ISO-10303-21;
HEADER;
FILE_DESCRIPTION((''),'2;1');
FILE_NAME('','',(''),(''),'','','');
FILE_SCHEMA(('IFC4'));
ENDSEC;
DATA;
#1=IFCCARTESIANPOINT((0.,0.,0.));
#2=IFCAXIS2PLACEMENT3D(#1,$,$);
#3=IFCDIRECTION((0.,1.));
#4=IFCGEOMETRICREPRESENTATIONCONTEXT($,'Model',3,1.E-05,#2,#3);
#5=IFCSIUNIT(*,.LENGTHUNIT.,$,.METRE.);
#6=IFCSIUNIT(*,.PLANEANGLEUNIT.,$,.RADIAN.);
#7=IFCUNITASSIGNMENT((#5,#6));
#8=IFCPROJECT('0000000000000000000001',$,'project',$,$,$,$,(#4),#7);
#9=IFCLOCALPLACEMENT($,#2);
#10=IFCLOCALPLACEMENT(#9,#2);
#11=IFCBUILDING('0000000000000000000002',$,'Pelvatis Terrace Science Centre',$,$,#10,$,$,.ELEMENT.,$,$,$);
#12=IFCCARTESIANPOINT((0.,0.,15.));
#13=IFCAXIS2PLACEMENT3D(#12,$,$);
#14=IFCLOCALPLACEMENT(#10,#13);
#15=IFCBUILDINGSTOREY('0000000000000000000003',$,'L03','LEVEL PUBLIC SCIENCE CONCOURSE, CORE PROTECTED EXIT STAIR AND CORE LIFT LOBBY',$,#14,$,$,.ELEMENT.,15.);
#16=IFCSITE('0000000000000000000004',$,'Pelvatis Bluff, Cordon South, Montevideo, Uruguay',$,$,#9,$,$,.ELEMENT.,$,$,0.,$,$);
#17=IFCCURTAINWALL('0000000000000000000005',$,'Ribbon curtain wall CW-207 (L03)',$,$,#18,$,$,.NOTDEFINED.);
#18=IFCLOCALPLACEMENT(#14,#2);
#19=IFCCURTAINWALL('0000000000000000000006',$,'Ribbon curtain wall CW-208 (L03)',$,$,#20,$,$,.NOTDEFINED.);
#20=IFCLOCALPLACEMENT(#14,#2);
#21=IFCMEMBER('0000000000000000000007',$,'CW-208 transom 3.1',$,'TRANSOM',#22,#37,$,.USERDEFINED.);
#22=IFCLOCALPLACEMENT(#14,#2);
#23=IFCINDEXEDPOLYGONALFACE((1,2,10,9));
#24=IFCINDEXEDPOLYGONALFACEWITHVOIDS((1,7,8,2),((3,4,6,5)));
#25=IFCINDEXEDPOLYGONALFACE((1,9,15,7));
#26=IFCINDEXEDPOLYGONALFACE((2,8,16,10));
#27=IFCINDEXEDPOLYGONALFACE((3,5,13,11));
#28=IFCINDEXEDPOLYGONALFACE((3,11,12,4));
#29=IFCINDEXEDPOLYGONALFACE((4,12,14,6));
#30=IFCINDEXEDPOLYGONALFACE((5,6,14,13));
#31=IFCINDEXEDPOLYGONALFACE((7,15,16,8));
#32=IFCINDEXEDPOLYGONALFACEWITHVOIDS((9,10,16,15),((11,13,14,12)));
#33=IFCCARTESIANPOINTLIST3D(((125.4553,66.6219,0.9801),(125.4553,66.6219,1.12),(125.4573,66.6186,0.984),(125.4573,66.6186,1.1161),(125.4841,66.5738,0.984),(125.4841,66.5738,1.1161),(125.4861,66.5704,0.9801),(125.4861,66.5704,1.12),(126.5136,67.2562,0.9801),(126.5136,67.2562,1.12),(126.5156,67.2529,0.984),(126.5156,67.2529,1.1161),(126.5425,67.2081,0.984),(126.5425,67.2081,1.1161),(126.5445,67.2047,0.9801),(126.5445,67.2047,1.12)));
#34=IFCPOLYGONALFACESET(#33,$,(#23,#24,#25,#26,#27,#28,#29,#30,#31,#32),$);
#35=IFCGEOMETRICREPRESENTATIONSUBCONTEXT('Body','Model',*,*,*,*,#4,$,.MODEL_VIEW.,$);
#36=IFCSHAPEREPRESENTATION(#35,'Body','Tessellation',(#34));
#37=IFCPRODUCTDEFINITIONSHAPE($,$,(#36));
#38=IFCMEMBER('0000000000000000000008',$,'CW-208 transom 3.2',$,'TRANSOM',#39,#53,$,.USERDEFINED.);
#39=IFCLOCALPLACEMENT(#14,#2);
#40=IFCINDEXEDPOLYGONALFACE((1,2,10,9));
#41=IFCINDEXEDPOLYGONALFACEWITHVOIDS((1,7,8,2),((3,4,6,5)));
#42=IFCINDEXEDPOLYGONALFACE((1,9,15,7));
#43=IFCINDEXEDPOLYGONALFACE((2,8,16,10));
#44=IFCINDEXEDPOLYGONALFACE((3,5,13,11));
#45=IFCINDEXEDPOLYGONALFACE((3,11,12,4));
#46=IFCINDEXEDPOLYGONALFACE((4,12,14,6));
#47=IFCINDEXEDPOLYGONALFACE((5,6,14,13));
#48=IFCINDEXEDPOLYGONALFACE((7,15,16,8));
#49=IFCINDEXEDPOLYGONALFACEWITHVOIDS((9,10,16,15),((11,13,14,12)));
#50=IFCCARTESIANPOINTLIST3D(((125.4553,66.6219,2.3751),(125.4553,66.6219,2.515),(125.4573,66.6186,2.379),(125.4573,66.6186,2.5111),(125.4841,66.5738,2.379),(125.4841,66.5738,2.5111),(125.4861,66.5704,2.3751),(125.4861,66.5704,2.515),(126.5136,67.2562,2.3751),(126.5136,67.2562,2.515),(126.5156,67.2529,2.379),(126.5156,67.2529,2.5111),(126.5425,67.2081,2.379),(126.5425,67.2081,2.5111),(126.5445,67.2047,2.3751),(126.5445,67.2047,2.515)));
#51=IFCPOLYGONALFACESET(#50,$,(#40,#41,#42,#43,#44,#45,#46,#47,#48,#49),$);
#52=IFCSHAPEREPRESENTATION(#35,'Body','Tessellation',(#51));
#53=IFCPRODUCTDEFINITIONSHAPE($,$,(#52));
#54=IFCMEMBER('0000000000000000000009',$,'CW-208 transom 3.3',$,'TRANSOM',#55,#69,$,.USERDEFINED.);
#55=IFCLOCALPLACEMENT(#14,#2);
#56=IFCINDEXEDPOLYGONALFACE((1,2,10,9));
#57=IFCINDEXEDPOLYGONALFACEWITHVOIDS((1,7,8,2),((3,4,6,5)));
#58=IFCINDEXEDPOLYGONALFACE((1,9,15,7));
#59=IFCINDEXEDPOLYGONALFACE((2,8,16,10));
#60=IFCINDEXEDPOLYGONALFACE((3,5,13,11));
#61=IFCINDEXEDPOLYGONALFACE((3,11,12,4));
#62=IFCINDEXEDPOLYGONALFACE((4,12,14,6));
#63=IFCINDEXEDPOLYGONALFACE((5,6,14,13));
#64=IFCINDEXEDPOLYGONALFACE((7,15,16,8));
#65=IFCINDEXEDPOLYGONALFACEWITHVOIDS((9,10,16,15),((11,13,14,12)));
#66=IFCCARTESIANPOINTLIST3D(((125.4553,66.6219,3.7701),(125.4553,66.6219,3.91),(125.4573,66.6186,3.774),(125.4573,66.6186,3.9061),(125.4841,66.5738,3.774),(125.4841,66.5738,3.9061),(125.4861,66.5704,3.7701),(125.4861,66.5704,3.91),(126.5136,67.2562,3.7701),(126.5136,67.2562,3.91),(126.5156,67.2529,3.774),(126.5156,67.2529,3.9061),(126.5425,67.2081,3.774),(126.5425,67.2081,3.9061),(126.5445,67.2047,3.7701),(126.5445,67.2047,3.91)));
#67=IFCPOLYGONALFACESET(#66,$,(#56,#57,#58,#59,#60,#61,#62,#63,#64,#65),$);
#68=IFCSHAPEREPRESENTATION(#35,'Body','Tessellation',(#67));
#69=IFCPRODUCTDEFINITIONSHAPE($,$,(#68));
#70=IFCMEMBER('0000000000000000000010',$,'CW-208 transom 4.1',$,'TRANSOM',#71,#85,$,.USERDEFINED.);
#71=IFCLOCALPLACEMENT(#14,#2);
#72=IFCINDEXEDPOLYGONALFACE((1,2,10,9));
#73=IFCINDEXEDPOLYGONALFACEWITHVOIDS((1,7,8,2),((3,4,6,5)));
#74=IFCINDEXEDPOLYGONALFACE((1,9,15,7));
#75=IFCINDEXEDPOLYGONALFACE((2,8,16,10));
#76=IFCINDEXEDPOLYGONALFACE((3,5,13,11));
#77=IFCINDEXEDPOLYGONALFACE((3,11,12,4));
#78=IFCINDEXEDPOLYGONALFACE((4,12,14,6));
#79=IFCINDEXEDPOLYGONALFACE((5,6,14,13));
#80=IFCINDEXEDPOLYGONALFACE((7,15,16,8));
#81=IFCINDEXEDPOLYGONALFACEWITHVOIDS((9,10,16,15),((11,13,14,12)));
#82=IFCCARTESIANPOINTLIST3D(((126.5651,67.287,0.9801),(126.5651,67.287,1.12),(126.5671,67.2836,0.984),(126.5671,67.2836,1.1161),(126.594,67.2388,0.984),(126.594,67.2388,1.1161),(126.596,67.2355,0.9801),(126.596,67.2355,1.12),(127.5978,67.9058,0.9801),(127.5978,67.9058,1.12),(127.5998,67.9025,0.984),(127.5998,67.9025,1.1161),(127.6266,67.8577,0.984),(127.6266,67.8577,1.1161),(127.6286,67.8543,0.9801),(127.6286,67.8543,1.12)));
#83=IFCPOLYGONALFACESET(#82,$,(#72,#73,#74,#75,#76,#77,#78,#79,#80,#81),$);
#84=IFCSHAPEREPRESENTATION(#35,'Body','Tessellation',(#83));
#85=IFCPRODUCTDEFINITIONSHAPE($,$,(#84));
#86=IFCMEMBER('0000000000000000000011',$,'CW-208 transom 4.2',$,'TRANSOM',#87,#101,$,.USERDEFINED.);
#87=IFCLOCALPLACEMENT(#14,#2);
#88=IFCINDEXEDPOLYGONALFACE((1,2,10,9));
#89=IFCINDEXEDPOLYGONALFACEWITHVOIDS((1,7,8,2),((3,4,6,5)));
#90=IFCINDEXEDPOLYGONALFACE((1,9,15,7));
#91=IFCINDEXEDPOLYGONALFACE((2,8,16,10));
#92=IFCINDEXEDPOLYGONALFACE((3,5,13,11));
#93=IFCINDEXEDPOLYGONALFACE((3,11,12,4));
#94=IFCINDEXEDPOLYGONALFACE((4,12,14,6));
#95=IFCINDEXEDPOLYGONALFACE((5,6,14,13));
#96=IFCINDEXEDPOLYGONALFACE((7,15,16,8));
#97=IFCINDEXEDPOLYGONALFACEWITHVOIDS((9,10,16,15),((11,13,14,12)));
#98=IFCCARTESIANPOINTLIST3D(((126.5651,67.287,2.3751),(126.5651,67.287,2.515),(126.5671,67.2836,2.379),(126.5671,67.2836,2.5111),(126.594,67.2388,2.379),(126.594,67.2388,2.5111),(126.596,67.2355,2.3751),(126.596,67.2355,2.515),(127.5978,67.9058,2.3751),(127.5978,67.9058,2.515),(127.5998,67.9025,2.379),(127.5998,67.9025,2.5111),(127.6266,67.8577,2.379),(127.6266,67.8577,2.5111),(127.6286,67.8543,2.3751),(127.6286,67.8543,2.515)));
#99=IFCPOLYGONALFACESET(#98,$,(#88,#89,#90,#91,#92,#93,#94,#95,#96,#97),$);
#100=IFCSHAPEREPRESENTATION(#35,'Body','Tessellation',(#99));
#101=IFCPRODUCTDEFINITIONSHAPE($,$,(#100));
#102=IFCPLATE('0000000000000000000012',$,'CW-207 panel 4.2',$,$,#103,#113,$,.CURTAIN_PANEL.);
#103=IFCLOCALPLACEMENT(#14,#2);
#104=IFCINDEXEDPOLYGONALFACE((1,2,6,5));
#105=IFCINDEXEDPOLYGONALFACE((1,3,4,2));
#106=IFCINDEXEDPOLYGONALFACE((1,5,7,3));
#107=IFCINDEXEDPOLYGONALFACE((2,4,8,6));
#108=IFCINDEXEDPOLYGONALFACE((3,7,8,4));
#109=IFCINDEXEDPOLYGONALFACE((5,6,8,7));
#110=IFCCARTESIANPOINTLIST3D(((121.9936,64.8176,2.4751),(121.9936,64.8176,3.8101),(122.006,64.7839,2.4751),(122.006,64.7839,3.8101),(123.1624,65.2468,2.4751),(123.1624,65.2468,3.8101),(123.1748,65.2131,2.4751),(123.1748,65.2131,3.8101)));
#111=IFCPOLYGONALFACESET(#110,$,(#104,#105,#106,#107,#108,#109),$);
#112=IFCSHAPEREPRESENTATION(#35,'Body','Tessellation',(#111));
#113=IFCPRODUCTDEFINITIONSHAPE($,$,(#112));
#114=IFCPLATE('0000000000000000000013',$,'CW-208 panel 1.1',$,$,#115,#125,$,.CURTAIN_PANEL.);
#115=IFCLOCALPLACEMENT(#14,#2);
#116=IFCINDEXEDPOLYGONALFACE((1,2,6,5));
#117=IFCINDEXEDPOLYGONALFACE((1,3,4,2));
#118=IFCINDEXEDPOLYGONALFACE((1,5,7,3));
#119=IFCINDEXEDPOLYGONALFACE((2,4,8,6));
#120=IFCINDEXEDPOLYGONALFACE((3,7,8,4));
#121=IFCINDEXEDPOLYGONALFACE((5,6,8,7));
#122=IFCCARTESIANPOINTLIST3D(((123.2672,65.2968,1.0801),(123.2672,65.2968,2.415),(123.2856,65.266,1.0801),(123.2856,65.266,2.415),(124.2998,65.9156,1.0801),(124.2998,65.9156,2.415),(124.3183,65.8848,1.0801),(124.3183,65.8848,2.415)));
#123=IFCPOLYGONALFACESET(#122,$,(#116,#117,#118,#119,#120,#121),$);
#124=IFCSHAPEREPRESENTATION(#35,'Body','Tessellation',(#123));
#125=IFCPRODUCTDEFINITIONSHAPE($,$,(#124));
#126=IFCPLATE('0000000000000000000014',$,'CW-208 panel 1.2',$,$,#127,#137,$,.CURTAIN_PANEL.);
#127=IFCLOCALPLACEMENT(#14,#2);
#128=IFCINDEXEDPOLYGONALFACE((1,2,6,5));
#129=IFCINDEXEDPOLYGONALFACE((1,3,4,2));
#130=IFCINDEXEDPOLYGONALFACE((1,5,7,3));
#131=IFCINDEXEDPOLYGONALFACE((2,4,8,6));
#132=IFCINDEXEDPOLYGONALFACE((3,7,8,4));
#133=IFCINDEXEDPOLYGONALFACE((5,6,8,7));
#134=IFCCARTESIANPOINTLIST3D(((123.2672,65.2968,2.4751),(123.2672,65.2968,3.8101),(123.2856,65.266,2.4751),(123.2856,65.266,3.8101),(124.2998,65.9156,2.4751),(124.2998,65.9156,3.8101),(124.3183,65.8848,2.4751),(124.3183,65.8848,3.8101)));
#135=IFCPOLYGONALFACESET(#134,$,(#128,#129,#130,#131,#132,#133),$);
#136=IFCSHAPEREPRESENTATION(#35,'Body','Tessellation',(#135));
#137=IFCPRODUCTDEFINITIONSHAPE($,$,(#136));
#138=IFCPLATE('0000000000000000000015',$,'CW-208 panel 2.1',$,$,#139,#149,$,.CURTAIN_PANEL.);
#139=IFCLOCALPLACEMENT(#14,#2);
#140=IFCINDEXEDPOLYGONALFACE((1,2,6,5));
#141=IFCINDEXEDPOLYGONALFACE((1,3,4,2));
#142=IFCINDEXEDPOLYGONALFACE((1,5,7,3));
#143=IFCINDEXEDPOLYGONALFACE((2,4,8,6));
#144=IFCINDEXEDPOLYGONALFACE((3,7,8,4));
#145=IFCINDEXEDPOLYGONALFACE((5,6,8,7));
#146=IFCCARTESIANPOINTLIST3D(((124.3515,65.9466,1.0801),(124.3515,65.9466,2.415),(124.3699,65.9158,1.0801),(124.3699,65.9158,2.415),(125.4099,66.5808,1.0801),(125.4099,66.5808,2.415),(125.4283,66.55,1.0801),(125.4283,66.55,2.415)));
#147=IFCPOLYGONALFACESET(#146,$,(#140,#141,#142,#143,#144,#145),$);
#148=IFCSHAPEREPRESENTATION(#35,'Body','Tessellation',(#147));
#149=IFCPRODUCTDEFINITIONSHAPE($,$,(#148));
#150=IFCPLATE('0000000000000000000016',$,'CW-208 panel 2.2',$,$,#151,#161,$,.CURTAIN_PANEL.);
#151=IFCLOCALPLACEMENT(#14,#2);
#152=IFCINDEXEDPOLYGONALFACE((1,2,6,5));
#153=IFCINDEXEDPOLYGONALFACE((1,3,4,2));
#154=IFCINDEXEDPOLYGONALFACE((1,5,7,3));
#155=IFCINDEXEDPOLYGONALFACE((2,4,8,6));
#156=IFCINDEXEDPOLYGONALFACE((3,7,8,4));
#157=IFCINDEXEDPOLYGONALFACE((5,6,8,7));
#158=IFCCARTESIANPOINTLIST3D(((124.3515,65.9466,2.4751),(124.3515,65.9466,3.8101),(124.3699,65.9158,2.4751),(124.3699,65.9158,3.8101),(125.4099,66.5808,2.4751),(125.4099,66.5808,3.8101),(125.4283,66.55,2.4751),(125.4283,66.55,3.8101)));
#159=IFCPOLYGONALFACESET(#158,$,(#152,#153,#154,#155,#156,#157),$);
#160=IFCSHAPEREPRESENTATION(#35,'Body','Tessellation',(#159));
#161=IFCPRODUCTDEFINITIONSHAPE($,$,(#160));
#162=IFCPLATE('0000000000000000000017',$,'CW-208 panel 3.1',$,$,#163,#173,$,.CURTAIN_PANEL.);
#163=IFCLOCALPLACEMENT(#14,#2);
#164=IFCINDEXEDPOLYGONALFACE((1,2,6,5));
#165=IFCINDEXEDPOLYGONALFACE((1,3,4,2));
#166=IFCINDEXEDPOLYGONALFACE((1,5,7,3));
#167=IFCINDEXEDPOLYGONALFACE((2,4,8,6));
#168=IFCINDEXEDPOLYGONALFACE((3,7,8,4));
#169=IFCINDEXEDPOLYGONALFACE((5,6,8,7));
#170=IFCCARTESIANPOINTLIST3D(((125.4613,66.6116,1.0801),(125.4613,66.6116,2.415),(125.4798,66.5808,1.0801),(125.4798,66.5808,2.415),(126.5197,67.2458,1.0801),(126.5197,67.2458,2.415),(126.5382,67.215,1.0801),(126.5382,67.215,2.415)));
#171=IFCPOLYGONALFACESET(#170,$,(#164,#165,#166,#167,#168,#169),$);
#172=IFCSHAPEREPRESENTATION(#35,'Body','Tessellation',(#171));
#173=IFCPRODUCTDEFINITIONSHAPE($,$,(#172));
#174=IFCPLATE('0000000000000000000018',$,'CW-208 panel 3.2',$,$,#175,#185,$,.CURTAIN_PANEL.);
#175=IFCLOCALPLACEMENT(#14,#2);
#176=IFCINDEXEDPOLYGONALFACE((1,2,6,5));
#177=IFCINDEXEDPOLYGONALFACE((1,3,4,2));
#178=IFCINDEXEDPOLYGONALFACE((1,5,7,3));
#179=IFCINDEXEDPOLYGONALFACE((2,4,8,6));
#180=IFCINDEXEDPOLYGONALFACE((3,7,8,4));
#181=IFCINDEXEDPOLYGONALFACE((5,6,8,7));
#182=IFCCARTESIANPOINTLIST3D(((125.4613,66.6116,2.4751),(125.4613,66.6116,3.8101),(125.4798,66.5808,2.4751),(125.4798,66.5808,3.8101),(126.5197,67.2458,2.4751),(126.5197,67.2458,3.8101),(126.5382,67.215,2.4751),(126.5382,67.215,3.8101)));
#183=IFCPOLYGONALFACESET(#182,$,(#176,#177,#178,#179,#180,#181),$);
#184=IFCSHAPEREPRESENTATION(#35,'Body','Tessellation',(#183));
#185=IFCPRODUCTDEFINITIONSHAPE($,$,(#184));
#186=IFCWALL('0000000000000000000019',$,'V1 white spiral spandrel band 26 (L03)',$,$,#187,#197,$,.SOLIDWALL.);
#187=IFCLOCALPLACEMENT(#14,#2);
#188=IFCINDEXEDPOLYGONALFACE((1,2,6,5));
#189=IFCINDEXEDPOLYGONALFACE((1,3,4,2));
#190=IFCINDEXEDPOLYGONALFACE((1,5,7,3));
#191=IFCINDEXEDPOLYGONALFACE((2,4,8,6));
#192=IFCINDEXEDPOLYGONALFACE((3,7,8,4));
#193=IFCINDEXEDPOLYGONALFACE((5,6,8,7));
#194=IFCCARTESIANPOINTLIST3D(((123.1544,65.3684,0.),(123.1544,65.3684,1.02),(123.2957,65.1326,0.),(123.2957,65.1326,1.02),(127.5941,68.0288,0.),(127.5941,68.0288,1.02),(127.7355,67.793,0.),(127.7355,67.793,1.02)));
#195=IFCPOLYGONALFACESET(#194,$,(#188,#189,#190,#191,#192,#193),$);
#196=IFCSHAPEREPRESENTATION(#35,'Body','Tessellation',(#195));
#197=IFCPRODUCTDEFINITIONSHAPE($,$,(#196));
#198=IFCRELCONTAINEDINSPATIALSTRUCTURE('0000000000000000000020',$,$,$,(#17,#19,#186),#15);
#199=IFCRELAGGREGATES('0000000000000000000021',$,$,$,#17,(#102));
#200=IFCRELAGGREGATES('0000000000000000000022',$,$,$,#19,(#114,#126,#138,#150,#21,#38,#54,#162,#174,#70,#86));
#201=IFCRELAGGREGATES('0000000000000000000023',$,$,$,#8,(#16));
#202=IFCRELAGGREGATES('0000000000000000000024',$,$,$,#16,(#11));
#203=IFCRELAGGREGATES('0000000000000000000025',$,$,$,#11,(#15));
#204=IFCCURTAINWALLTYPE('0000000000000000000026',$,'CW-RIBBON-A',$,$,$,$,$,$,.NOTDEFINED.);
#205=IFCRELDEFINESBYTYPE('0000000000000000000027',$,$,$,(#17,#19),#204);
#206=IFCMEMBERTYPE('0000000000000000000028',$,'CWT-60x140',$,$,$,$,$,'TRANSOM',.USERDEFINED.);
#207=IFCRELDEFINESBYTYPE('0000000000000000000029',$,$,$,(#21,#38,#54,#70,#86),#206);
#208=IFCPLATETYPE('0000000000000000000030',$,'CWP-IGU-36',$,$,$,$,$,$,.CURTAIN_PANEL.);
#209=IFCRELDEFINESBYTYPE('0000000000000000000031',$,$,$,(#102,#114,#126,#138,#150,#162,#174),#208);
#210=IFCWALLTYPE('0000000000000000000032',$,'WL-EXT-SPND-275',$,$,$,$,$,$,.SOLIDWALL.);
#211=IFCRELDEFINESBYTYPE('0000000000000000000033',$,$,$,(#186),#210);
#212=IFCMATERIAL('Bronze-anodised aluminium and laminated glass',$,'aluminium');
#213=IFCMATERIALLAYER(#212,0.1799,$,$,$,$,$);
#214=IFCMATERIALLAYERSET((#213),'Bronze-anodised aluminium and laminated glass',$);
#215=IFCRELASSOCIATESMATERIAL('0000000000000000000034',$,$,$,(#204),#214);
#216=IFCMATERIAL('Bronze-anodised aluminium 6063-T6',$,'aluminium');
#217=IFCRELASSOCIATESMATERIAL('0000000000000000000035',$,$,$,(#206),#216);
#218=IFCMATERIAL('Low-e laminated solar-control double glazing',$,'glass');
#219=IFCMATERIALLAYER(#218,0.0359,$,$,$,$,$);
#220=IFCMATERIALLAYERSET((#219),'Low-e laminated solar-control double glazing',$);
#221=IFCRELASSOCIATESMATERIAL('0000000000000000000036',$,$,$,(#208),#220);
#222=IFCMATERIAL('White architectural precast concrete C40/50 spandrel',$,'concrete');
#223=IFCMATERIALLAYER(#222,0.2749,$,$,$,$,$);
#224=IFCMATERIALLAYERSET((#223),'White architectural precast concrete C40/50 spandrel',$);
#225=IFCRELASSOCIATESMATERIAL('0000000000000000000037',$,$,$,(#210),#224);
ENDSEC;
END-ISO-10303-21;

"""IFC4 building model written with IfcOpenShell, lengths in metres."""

from ifc_helpers import new_model, si_unit, direction, frame, frame_2d, origin, origin_2d, place, context, subcontext, project, spatial, rectangle, hollow_rectangle, extrude, material, layer, layer_set, material_profile, profile_set, type_object, element, aggregate, save


model = new_model("IFC4")

# Units and contexts
model_context = context("Model", 3, precision=1e-05, world=origin(), true_north=direction((0.0, 1.0)))
body_context = subcontext(model_context, "Body", "Model", "MODEL_VIEW")
ifc_project = project(units=[si_unit("LENGTHUNIT", "METRE"), si_unit("PLANEANGLEUNIT", "RADIAN")], contexts=[model_context])

# Site, building, storey
site_placement = place(None, origin())
site = spatial("IfcSite", under=ifc_project, at=site_placement, Name="Pelvatis Bluff, Cordon South, Montevideo, Uruguay", CompositionType="ELEMENT", RefElevation=0.0)
building_placement = place(site_placement, origin())
building = spatial("IfcBuilding", under=site, at=building_placement, Name="Pelvatis Terrace Science Centre", CompositionType="ELEMENT")
storey_placement = place(building_placement, frame((0.0, 0.0, 15.0)))
storey = spatial("IfcBuildingStorey", under=building, at=storey_placement, Name="L03", Description="LEVEL PUBLIC SCIENCE CONCOURSE, CORE PROTECTED EXIT STAIR AND CORE LIFT LOBBY", CompositionType="ELEMENT", Elevation=15.0)

# Curtain wall
ifc_material_1 = material(Name="Bronze-anodised aluminium and laminated glass", Category="aluminium")
ifc_layer_1 = layer(ifc_material_1, 0.1799)
ifc_layer_set_1 = layer_set([ifc_layer_1], Name="Bronze-anodised aluminium and laminated glass")
curtain_wall_type = type_object("IfcCurtainWallType", Name="CW-RIBBON-A", PredefinedType="NOTDEFINED", material=ifc_layer_set_1)
curtain_wall_1_placement = place(storey_placement, origin())
curtain_wall_1 = element("IfcCurtainWall", 1, at=curtain_wall_1_placement, inside=storey, type_object=curtain_wall_type, Name="Ribbon curtain wall CW-207 (L03)", PredefinedType="NOTDEFINED")

# Curtain wall, members
curtain_wall_2_placement = place(storey_placement, origin())
curtain_wall_2 = element("IfcCurtainWall", 2, at=curtain_wall_2_placement, inside=storey, type_object=curtain_wall_type, Name="Ribbon curtain wall CW-208 (L03)", PredefinedType="NOTDEFINED")
ifc_material_2 = material(Name="Bronze-anodised aluminium 6063-T6", Category="aluminium")
ifc_material_profile_1 = material_profile(ifc_material_2, hollow_rectangle(XDim=0.0601, YDim=0.1399, WallThickness=0.0039, at=origin_2d()), Name="ALU-TRN 60x140")
ifc_profile_set_1 = profile_set([ifc_material_profile_1], Name="Bronze-anodised aluminium 6063-T6")
member_type_1 = type_object("IfcMemberType", Name="CWT-60x140", ElementType="TRANSOM", PredefinedType="USERDEFINED", material=ifc_profile_set_1)
member_1_placement = place(storey_placement, frame((125.4707, 66.5962, 1.05), z_axis=(0.857755, 0.514059, 0.0), x_axis=(-0.514059, 0.857755, 0.0)))
member_1 = element("IfcMember", 3, at=member_1_placement, type_object=member_type_1, Name="CW-208 transom 3.1", ObjectType="TRANSOM", PredefinedType="USERDEFINED", context=body_context, shape_type="SweptSolid", body=[
    extrude(hollow_rectangle(XDim=0.0601, YDim=0.1399, WallThickness=0.0039, at=origin_2d()), origin(), (0.0, 0.0, 1.0), 1.2339),
])
member_2_placement = place(storey_placement, frame((125.4707, 66.5962, 2.4451), z_axis=(0.857755, 0.514059, 0.0), x_axis=(-0.514059, 0.857755, 0.0)))
member_2 = element("IfcMember", 4, at=member_2_placement, type_object=member_type_1, Name="CW-208 transom 3.2", ObjectType="TRANSOM", PredefinedType="USERDEFINED", context=body_context, shape_type="SweptSolid", body=[
    extrude(hollow_rectangle(XDim=0.0601, YDim=0.1399, WallThickness=0.0039, at=origin_2d()), origin(), (0.0, 0.0, 1.0), 1.2339),
])
member_3_placement = place(storey_placement, frame((125.4707, 66.5962, 3.8401), z_axis=(0.857755, 0.514059, 0.0), x_axis=(-0.514059, 0.857755, 0.0)))
member_3 = element("IfcMember", 5, at=member_3_placement, type_object=member_type_1, Name="CW-208 transom 3.3", ObjectType="TRANSOM", PredefinedType="USERDEFINED", context=body_context, shape_type="SweptSolid", body=[
    extrude(hollow_rectangle(XDim=0.0601, YDim=0.1399, WallThickness=0.0039, at=origin_2d()), origin(), (0.0, 0.0, 1.0), 1.2339),
])
member_4_placement = place(storey_placement, frame((126.5806, 67.2612, 1.05), z_axis=(0.857761, 0.514048, 0.0), x_axis=(-0.514048, 0.857761, 0.0)))
member_4 = element("IfcMember", 6, at=member_4_placement, type_object=member_type_1, Name="CW-208 transom 4.1", ObjectType="TRANSOM", PredefinedType="USERDEFINED", context=body_context, shape_type="SweptSolid", body=[
    extrude(hollow_rectangle(XDim=0.0601, YDim=0.1399, WallThickness=0.0039, at=origin_2d()), origin(), (0.0, 0.0, 1.0), 1.2039),
])
member_5_placement = place(storey_placement, frame((126.5806, 67.2612, 2.4451), z_axis=(0.857761, 0.514048, 0.0), x_axis=(-0.514048, 0.857761, 0.0)))
member_5 = element("IfcMember", 7, at=member_5_placement, type_object=member_type_1, Name="CW-208 transom 4.2", ObjectType="TRANSOM", PredefinedType="USERDEFINED", context=body_context, shape_type="SweptSolid", body=[
    extrude(hollow_rectangle(XDim=0.0601, YDim=0.1399, WallThickness=0.0039, at=origin_2d()), origin(), (0.0, 0.0, 1.0), 1.2039),
])

# Plates
ifc_material_3 = material(Name="Low-e laminated solar-control double glazing", Category="glass")
ifc_layer_2 = layer(ifc_material_3, 0.0359)
ifc_layer_set_2 = layer_set([ifc_layer_2], Name="Low-e laminated solar-control double glazing")
plate_type = type_object("IfcPlateType", Name="CWP-IGU-36", PredefinedType="CURTAIN_PANEL", material=ifc_layer_set_2)
plate_1_placement = place(storey_placement, frame((122.5842, 65.0154, 2.4751), z_axis=(0.0, 0.0, 1.0), x_axis=(0.938707, 0.344715, 0.0)))
plate_1 = element("IfcPlate", 8, at=plate_1_placement, type_object=plate_type, Name="CW-207 panel 4.2", PredefinedType="CURTAIN_PANEL", context=body_context, shape_type="SweptSolid", body=[
    extrude(rectangle(XDim=1.2451, YDim=0.0359, at=origin_2d()), origin(), (0.0, 0.0, 1.0), 1.335),
])
aggregate(curtain_wall_1, [plate_1])
plate_2_placement = place(storey_placement, frame((123.7927, 65.5908, 1.0801), z_axis=(0.0, 0.0, 1.0), x_axis=(0.857793, 0.513996, 0.0)))
plate_2 = element("IfcPlate", 9, at=plate_2_placement, type_object=plate_type, Name="CW-208 panel 1.1", PredefinedType="CURTAIN_PANEL", context=body_context, shape_type="SweptSolid", body=[
    extrude(rectangle(XDim=1.2039, YDim=0.0359, at=origin_2d()), origin(), (0.0, 0.0, 1.0), 1.335),
])
plate_3_placement = place(storey_placement, frame((123.7927, 65.5908, 2.4751), z_axis=(0.0, 0.0, 1.0), x_axis=(0.857793, 0.513996, 0.0)))
plate_3 = element("IfcPlate", 10, at=plate_3_placement, type_object=plate_type, Name="CW-208 panel 1.2", PredefinedType="CURTAIN_PANEL", context=body_context, shape_type="SweptSolid", body=[
    extrude(rectangle(XDim=1.2039, YDim=0.0359, at=origin_2d()), origin(), (0.0, 0.0, 1.0), 1.335),
])
plate_4_placement = place(storey_placement, frame((124.8899, 66.2483, 1.0801), z_axis=(0.0, 0.0, 1.0), x_axis=(0.857793, 0.513996, 0.0)))
plate_4 = element("IfcPlate", 11, at=plate_4_placement, type_object=plate_type, Name="CW-208 panel 2.1", PredefinedType="CURTAIN_PANEL", context=body_context, shape_type="SweptSolid", body=[
    extrude(rectangle(XDim=1.2339, YDim=0.0359, at=origin_2d()), origin(), (0.0, 0.0, 1.0), 1.335),
])
plate_5_placement = place(storey_placement, frame((124.8899, 66.2483, 2.4751), z_axis=(0.0, 0.0, 1.0), x_axis=(0.857793, 0.513996, 0.0)))
plate_5 = element("IfcPlate", 12, at=plate_5_placement, type_object=plate_type, Name="CW-208 panel 2.2", PredefinedType="CURTAIN_PANEL", context=body_context, shape_type="SweptSolid", body=[
    extrude(rectangle(XDim=1.2339, YDim=0.0359, at=origin_2d()), origin(), (0.0, 0.0, 1.0), 1.335),
])
plate_6_placement = place(storey_placement, frame((125.9998, 66.9133, 1.0801), z_axis=(0.0, 0.0, 1.0), x_axis=(0.857793, 0.513996, 0.0)))
plate_6 = element("IfcPlate", 13, at=plate_6_placement, type_object=plate_type, Name="CW-208 panel 3.1", PredefinedType="CURTAIN_PANEL", context=body_context, shape_type="SweptSolid", body=[
    extrude(rectangle(XDim=1.2339, YDim=0.0359, at=origin_2d()), origin(), (0.0, 0.0, 1.0), 1.335),
])
plate_7_placement = place(storey_placement, frame((125.9998, 66.9133, 2.4751), z_axis=(0.0, 0.0, 1.0), x_axis=(0.857793, 0.513996, 0.0)))
plate_7 = element("IfcPlate", 14, at=plate_7_placement, type_object=plate_type, Name="CW-208 panel 3.2", PredefinedType="CURTAIN_PANEL", context=body_context, shape_type="SweptSolid", body=[
    extrude(rectangle(XDim=1.2339, YDim=0.0359, at=origin_2d()), origin(), (0.0, 0.0, 1.0), 1.335),
])
aggregate(curtain_wall_2, [plate_2, plate_3, plate_4, plate_5, member_1, member_2, member_3, plate_6, plate_7, member_4, member_5])

# Wall
ifc_material_4 = material(Name="White architectural precast concrete C40/50 spandrel", Category="concrete")
ifc_layer_3 = layer(ifc_material_4, 0.2749)
ifc_layer_set_3 = layer_set([ifc_layer_3], Name="White architectural precast concrete C40/50 spandrel")
wall_type_1 = type_object("IfcWallType", Name="WL-EXT-SPND-275", PredefinedType="SOLIDWALL", material=ifc_layer_set_3)
wall_1_placement = place(storey_placement, frame((123.2251, 65.2505, 0.0), z_axis=(0.0, 0.0, 1.0), x_axis=(0.857784, 0.51401, 0.0)))
element("IfcWall", 15, at=wall_1_placement, inside=storey, type_object=wall_type_1, Name="V1 white spiral spandrel band 26 (L03)", PredefinedType="SOLIDWALL", context=body_context, shape_type="SweptSolid", body=[
    extrude(rectangle(XDim=5.1758, YDim=0.2749, at=frame_2d((2.5879, 0.0))), origin(), (0.0, 0.0, 1.0), 1.02),
])

save(model, "model.ifc")
